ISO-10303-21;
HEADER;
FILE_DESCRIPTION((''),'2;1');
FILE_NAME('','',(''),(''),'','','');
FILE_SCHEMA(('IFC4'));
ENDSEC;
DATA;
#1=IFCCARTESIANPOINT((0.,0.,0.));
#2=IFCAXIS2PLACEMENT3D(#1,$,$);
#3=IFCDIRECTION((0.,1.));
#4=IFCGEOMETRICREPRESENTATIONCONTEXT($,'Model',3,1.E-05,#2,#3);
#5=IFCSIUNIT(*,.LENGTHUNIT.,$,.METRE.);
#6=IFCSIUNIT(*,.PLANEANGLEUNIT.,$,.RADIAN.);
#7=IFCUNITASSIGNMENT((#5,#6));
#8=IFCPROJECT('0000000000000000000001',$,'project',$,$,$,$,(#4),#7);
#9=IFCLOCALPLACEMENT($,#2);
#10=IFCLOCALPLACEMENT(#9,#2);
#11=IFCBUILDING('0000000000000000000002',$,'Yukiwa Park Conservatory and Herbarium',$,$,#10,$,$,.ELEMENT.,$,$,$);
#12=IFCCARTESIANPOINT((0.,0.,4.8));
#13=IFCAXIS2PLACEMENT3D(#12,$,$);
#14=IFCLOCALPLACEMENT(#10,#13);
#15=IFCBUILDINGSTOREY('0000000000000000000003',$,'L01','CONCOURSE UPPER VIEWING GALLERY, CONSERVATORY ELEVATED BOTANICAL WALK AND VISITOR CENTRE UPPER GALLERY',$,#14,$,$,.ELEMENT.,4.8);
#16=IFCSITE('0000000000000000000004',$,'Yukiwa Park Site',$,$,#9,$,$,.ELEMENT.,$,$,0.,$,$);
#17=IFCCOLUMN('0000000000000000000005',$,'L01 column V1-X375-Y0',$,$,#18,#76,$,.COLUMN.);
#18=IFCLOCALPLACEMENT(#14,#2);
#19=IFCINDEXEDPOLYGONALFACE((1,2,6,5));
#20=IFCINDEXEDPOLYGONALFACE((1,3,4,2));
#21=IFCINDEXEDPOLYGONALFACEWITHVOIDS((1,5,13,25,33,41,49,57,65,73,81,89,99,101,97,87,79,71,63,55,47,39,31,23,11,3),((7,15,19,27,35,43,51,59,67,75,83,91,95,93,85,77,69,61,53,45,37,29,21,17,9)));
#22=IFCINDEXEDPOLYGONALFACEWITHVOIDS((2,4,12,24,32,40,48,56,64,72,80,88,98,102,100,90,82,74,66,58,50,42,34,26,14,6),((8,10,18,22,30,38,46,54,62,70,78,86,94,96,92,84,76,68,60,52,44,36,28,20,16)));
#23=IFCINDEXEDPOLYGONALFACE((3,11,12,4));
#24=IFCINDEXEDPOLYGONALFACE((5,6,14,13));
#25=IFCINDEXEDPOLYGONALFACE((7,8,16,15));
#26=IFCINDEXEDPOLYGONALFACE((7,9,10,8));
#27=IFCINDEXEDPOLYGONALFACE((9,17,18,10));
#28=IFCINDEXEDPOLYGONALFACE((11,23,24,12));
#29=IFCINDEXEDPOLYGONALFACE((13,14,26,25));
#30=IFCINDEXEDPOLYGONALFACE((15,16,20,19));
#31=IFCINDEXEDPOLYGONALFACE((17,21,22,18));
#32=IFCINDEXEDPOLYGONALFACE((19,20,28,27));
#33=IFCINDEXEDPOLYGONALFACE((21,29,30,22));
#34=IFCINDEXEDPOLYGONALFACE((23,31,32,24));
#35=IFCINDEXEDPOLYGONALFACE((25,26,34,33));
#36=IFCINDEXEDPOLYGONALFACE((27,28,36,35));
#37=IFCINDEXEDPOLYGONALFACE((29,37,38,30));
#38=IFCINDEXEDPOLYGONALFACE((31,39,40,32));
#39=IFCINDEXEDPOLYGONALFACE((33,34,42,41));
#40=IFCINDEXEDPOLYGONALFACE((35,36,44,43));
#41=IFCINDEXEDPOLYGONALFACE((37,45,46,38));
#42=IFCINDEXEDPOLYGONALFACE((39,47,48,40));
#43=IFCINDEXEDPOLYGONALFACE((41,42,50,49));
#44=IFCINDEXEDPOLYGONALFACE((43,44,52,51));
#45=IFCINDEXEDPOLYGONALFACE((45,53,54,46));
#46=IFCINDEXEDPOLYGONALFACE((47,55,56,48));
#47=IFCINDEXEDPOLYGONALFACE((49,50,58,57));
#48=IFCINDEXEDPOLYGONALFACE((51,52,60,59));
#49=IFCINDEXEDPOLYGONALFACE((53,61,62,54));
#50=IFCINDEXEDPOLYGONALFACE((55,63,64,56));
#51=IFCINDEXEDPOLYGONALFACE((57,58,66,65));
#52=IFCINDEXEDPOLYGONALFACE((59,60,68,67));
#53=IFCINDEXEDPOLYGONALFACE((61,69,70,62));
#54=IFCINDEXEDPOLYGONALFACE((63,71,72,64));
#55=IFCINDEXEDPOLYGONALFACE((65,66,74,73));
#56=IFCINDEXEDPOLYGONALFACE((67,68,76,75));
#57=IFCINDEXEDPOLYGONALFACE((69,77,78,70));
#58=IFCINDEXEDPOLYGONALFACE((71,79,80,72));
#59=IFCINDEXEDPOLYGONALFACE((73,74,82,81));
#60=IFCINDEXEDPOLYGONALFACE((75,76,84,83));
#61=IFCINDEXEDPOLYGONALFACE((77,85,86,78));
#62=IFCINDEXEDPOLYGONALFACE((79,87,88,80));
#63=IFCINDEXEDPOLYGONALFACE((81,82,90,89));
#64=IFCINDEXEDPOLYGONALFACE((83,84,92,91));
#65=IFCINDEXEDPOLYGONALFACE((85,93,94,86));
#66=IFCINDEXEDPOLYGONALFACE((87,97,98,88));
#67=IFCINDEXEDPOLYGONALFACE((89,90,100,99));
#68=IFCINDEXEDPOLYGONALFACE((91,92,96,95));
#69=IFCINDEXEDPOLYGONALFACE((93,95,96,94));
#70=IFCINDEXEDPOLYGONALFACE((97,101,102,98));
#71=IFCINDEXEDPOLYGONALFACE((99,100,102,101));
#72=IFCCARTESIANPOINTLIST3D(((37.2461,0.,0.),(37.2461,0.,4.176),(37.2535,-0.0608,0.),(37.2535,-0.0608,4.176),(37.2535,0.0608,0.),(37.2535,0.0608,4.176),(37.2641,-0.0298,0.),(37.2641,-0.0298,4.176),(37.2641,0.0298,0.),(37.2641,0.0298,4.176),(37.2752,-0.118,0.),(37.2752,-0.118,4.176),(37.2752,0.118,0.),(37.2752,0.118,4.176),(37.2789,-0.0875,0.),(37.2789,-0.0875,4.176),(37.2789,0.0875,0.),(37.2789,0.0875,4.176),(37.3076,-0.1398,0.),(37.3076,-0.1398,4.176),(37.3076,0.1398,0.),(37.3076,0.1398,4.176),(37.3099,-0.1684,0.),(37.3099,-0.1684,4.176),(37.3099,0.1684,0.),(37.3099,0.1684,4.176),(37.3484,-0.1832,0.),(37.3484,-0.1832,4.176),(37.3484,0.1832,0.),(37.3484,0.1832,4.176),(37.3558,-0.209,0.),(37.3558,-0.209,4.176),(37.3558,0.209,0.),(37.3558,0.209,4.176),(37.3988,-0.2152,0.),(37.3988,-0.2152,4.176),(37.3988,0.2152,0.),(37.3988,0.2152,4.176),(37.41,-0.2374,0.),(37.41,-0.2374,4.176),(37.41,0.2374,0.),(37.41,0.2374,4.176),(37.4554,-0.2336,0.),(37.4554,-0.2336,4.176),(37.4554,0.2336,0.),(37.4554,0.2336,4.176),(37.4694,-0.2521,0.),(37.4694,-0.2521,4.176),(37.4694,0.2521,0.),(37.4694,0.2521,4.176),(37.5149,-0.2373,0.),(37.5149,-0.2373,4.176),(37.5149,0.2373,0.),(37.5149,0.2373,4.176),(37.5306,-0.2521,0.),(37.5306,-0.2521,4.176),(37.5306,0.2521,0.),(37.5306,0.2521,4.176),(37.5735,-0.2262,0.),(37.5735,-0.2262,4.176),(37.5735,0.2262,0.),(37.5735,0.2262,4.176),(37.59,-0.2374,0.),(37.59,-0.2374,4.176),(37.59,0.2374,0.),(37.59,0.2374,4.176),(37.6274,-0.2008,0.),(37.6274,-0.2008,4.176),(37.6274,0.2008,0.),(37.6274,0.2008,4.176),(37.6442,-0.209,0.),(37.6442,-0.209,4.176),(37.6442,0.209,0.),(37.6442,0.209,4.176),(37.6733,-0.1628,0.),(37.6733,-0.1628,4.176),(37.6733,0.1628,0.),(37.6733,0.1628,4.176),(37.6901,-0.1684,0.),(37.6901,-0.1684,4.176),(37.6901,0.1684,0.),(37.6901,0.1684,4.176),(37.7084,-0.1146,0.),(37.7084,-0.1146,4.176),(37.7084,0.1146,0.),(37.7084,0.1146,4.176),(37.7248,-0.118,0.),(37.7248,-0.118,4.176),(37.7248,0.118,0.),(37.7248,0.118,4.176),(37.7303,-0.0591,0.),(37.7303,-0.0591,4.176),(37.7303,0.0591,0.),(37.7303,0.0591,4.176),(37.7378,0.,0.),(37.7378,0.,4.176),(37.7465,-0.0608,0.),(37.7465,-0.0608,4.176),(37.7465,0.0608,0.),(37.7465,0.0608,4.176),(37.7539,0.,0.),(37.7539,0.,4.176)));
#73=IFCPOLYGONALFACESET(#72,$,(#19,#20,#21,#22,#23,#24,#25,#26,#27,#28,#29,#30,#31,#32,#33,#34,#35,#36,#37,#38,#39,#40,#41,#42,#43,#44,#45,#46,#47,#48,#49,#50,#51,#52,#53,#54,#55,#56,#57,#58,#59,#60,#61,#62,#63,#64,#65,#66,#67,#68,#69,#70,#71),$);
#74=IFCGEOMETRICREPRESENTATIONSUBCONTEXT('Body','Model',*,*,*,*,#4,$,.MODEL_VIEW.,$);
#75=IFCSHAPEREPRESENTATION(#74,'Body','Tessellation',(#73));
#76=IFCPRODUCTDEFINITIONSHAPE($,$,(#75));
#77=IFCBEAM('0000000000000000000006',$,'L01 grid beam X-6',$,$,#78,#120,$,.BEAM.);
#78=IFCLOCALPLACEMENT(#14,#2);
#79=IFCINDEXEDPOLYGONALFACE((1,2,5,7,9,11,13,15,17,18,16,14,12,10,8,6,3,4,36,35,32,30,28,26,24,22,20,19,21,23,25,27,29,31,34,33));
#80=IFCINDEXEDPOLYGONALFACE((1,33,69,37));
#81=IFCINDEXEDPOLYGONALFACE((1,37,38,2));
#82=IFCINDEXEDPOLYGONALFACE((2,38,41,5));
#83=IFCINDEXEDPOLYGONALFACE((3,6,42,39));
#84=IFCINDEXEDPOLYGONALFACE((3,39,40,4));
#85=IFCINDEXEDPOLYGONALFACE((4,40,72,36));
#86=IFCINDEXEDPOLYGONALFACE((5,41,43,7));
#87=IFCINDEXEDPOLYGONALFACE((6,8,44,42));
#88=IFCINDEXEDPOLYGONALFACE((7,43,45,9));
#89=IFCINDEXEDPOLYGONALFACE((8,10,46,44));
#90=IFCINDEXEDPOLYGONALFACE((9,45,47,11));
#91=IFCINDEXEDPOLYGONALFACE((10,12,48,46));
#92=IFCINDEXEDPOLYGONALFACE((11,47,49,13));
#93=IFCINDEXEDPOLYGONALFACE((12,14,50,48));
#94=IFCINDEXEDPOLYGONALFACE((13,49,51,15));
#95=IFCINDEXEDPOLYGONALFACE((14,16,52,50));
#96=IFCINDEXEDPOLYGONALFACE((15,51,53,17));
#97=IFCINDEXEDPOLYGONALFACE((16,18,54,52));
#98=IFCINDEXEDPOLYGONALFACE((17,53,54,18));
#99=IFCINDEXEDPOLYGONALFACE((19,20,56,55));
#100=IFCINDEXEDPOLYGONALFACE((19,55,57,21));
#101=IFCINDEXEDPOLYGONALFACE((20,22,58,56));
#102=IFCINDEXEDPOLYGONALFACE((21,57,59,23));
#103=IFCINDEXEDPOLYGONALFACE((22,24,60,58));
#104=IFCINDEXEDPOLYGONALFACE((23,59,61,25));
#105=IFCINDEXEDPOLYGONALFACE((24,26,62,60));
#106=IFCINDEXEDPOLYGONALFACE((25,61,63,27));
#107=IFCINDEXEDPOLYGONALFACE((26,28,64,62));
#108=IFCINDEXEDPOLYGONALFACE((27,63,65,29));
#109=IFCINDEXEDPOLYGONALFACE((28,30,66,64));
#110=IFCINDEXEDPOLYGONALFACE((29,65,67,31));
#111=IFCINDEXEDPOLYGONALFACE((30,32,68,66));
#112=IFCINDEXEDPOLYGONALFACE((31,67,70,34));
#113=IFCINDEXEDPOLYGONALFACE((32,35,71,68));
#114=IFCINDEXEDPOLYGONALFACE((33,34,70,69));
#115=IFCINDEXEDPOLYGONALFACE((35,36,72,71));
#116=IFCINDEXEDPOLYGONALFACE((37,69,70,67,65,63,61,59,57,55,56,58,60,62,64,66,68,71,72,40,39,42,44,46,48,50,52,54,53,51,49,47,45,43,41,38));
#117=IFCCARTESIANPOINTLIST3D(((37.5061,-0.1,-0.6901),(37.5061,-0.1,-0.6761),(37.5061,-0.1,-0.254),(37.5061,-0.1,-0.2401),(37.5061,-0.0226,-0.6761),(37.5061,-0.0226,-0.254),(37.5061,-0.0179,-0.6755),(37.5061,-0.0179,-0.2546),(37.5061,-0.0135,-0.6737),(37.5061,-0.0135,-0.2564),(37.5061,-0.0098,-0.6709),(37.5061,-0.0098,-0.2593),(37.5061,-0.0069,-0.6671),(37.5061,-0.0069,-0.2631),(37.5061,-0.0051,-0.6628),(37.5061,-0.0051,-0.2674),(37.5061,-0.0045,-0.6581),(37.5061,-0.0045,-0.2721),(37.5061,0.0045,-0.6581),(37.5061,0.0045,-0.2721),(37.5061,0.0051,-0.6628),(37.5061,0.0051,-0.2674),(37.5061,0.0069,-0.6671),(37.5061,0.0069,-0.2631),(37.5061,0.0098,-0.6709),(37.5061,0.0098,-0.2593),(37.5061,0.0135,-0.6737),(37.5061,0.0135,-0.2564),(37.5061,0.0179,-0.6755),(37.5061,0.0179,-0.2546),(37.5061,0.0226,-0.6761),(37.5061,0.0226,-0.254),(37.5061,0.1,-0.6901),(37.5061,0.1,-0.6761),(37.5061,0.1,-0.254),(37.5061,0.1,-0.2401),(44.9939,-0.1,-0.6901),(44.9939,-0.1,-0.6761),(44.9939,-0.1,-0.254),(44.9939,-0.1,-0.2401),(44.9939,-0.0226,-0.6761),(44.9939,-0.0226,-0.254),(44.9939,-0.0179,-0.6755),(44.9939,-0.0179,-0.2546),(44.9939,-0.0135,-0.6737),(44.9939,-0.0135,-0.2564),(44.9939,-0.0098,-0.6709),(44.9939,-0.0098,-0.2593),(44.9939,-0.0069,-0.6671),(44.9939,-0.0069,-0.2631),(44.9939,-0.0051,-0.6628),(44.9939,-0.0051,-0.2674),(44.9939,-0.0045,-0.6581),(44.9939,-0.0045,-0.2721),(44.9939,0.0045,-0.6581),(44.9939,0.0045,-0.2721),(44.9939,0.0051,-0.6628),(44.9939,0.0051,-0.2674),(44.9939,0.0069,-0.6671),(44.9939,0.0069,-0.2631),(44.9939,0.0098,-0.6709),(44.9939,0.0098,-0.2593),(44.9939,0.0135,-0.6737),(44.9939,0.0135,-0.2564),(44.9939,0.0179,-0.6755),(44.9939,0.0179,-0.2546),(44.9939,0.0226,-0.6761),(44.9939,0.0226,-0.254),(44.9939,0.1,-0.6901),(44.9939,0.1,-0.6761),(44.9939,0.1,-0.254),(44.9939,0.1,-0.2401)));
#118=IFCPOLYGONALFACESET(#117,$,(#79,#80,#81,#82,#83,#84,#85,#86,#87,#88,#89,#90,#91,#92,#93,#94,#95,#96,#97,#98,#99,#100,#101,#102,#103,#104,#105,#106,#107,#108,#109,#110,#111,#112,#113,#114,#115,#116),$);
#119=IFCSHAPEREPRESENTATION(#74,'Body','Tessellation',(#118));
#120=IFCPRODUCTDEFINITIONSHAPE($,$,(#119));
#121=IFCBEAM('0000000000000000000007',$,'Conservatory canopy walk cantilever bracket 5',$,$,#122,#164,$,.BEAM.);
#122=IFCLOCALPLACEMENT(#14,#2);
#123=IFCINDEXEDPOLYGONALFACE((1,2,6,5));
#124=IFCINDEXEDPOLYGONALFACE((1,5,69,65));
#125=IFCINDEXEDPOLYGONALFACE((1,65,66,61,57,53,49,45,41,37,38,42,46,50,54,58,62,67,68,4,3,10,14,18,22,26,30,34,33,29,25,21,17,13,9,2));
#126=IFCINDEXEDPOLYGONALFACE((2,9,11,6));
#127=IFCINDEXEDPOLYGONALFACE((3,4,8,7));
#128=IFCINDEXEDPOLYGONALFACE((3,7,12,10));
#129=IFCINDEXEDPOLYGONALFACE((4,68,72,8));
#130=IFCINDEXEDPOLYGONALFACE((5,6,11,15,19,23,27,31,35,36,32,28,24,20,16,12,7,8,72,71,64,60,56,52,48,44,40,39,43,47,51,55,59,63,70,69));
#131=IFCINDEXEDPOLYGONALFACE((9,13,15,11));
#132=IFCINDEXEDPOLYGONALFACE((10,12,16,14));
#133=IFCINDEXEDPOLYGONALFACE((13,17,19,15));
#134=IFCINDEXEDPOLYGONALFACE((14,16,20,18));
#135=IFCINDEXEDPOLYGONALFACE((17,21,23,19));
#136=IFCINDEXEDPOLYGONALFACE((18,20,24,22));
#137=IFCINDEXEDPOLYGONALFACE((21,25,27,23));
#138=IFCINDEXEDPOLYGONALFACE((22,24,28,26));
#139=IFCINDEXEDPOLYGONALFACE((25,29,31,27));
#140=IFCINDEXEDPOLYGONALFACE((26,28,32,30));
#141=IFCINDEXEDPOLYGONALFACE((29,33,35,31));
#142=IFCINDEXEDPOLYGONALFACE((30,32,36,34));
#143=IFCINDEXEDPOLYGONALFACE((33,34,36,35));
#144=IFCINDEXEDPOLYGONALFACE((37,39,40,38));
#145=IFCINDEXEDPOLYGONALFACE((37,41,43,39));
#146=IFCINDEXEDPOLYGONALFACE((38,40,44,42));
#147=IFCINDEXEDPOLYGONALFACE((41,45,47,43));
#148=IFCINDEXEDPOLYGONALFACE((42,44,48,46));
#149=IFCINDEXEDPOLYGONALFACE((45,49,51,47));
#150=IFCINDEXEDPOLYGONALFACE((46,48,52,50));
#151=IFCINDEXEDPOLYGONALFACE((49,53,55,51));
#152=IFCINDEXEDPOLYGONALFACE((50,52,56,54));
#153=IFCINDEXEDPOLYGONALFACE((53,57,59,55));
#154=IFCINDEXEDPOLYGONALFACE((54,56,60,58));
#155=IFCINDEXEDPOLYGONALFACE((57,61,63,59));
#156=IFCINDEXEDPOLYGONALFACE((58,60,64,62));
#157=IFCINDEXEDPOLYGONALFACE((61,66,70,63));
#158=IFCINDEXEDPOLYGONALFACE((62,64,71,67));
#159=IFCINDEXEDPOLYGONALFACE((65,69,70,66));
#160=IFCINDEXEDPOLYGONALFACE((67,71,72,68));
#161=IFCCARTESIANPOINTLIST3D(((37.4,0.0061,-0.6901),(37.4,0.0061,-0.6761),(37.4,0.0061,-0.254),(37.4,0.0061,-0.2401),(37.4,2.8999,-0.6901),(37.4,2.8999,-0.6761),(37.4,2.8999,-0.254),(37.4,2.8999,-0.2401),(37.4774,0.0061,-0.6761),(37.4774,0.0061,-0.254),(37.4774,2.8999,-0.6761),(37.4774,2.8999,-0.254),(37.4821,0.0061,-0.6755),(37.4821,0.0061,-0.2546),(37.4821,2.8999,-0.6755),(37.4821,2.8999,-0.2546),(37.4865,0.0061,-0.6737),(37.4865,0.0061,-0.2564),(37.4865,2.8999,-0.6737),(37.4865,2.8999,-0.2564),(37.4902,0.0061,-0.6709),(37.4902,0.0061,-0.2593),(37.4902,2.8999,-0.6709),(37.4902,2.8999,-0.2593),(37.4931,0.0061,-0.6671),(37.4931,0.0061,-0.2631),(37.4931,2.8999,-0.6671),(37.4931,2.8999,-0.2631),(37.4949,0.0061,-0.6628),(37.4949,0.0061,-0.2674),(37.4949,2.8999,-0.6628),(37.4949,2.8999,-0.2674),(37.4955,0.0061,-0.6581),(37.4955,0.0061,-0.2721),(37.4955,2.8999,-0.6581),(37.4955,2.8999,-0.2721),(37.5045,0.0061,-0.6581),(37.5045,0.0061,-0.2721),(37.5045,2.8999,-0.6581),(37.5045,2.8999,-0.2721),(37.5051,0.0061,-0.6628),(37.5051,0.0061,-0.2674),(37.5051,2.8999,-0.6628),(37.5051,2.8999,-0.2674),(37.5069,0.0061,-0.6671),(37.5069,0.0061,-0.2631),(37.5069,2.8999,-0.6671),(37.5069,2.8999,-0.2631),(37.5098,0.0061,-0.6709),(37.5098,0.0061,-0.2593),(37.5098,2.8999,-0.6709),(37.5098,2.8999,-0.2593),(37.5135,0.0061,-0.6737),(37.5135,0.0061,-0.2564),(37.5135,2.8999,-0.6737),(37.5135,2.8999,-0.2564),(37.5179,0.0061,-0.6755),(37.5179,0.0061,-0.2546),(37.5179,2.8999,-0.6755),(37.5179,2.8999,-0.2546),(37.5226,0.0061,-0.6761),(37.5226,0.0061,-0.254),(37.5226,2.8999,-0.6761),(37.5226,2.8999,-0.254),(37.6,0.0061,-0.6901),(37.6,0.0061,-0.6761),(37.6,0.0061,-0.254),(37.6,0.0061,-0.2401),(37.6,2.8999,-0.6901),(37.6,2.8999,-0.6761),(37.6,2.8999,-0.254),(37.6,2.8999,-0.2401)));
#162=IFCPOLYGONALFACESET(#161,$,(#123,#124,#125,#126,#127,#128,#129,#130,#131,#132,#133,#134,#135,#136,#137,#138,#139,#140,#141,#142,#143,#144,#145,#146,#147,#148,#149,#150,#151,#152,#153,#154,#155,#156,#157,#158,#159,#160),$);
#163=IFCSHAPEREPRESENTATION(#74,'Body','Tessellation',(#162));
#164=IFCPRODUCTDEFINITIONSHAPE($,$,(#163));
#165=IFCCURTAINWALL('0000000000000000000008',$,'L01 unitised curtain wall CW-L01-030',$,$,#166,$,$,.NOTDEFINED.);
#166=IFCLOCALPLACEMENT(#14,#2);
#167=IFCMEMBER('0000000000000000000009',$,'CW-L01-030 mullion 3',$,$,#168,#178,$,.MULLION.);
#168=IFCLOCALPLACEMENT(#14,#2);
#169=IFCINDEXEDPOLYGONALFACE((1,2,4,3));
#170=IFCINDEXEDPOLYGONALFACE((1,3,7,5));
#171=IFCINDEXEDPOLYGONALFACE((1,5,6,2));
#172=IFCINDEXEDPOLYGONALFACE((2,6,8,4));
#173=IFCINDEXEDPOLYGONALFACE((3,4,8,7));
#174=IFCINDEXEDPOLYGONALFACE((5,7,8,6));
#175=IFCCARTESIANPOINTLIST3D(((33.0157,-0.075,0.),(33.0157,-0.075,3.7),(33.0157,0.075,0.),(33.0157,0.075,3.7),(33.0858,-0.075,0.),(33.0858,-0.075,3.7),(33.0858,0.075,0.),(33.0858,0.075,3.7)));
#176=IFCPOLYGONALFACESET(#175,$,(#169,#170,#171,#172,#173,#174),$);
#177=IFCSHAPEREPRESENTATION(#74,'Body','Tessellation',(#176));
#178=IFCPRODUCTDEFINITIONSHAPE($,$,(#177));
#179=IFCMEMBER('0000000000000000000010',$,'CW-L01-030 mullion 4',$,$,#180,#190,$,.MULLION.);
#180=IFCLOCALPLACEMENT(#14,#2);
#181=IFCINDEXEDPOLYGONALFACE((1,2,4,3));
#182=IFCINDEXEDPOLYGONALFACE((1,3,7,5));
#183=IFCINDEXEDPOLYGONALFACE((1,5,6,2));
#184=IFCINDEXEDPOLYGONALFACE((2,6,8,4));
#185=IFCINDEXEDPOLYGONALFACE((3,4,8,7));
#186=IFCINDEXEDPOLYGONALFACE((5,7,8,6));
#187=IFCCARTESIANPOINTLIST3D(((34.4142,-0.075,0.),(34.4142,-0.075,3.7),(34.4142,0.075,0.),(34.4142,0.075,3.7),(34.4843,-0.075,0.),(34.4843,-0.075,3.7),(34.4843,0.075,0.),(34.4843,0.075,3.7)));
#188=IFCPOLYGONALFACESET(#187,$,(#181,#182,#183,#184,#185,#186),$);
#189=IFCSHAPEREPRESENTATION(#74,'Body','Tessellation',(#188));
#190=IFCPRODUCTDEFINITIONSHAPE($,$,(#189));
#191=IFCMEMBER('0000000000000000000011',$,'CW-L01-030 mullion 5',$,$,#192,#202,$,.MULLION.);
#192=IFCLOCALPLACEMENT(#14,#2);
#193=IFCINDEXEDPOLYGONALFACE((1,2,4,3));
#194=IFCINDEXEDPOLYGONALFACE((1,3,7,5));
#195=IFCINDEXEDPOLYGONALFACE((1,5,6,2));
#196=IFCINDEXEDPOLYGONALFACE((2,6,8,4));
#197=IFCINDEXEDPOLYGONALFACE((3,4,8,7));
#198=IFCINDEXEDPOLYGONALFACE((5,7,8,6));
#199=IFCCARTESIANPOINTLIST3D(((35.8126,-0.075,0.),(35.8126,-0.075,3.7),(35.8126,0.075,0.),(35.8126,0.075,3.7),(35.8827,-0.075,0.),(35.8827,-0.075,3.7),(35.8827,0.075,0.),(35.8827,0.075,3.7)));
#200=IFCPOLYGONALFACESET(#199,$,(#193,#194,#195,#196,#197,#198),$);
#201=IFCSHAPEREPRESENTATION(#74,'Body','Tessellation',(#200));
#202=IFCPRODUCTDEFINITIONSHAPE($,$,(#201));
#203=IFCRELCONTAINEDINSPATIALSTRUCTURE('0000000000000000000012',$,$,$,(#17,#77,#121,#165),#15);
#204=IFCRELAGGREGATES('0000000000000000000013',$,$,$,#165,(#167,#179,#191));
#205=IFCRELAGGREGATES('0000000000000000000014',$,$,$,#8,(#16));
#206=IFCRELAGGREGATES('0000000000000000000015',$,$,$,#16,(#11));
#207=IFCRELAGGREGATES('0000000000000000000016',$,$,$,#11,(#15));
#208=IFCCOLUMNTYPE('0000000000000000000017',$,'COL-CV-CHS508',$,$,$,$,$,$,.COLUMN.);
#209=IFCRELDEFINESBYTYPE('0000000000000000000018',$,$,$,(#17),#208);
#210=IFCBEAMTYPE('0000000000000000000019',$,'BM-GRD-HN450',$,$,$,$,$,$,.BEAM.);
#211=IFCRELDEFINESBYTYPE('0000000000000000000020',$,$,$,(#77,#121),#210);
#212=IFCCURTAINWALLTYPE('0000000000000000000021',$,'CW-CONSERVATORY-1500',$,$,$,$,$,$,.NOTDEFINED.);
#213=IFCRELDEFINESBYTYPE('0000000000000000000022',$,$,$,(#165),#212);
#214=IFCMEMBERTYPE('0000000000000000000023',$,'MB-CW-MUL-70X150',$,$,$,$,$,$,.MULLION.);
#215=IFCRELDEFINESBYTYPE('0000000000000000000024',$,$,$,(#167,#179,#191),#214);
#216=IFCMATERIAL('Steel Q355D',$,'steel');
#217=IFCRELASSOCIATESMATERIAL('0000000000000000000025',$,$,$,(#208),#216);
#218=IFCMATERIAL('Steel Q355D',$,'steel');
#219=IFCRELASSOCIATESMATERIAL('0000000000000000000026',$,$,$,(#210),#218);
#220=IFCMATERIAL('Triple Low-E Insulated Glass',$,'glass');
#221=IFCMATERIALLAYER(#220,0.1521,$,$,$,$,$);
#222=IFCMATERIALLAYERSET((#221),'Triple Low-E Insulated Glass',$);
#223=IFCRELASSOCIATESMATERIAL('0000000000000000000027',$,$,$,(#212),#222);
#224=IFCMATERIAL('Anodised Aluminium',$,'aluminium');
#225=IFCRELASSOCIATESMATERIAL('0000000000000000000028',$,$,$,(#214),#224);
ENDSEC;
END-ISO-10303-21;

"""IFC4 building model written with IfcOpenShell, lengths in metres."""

from ifc_helpers import new_model, si_unit, direction, frame, origin, origin_2d, place, context, subcontext, project, spatial, rectangle, hollow_circle, i_section, extrude, material, layer, layer_set, material_profile, profile_set, type_object, element, aggregate, save


model = new_model("IFC4")

# Units and contexts
model_context = context("Model", 3, precision=1e-05, world=origin(), true_north=direction((0.0, 1.0)))
body_context = subcontext(model_context, "Body", "Model", "MODEL_VIEW")
ifc_project = project(units=[si_unit("LENGTHUNIT", "METRE"), si_unit("PLANEANGLEUNIT", "RADIAN")], contexts=[model_context])

# Site, building, storey
site_placement = place(None, origin())
site = spatial("IfcSite", under=ifc_project, at=site_placement, Name="Yukiwa Park Site", CompositionType="ELEMENT", RefElevation=0.0)
building_placement = place(site_placement, origin())
building = spatial("IfcBuilding", under=site, at=building_placement, Name="Yukiwa Park Conservatory and Herbarium", CompositionType="ELEMENT")
storey_placement = place(building_placement, frame((0.0, 0.0, 4.8)))
storey = spatial("IfcBuildingStorey", under=building, at=storey_placement, Name="L01", Description="CONCOURSE UPPER VIEWING GALLERY, CONSERVATORY ELEVATED BOTANICAL WALK AND VISITOR CENTRE UPPER GALLERY", CompositionType="ELEMENT", Elevation=4.8)

# Column
ifc_material_1 = material(Name="Steel Q355D", Category="steel")
ifc_material_profile_1 = material_profile(ifc_material_1, hollow_circle(Radius=0.2539, WallThickness=0.0161, at=origin_2d()), Name="CHS 508x16")
ifc_profile_set_1 = profile_set([ifc_material_profile_1], Name="Steel Q355D")
column_type = type_object("IfcColumnType", Name="COL-CV-CHS508", PredefinedType="COLUMN", material=ifc_profile_set_1)
column_placement = place(storey_placement, frame((37.5, 0.0, 0.0), z_axis=(0.0, 0.0, 1.0), x_axis=(1.0, 0.0, 0.0)))
element("IfcColumn", 1, at=column_placement, inside=storey, type_object=column_type, Name="L01 column V1-X375-Y0", PredefinedType="COLUMN", context=body_context, shape_type="SweptSolid", body=[
    extrude(hollow_circle(Radius=0.2539, WallThickness=0.0161, at=origin_2d()), origin(), (0.0, 0.0, 1.0), 4.176),
])

# Beams
ifc_material_2 = material(Name="Steel Q355D", Category="steel")
ifc_material_profile_2 = material_profile(ifc_material_2, i_section(OverallWidth=0.2, OverallDepth=0.45, WebThickness=0.009, FlangeThickness=0.0139, FilletRadius=0.0181, at=origin_2d()), Name="HN 450x200x9x14")
ifc_profile_set_2 = profile_set([ifc_material_profile_2], Name="Steel Q355D")
beam_type = type_object("IfcBeamType", Name="BM-GRD-HN450", PredefinedType="BEAM", material=ifc_profile_set_2)
beam_1_placement = place(storey_placement, frame((37.5061, 0.0, -0.4651), z_axis=(1.0, 0.0, 0.0), x_axis=(0.0, 1.0, 0.0)))
element("IfcBeam", 2, at=beam_1_placement, inside=storey, type_object=beam_type, Name="L01 grid beam X-6", PredefinedType="BEAM", context=body_context, shape_type="SweptSolid", body=[
    extrude(i_section(OverallWidth=0.2, OverallDepth=0.45, WebThickness=0.009, FlangeThickness=0.0139, FilletRadius=0.0181, at=origin_2d()), origin(), (0.0, 0.0, 1.0), 7.4878),
])
beam_2_placement = place(storey_placement, frame((37.5, 0.0061, -0.4651), z_axis=(0.0, 1.0, 0.0), x_axis=(-1.0, 0.0, 0.0)))
element("IfcBeam", 3, at=beam_2_placement, inside=storey, type_object=beam_type, Name="Conservatory canopy walk cantilever bracket 5", PredefinedType="BEAM", context=body_context, shape_type="SweptSolid", body=[
    extrude(i_section(OverallWidth=0.2, OverallDepth=0.45, WebThickness=0.009, FlangeThickness=0.0139, FilletRadius=0.0181, at=origin_2d()), origin(), (0.0, 0.0, 1.0), 2.8938),
])

# Curtain wall, members
ifc_material_3 = material(Name="Triple Low-E Insulated Glass", Category="glass")
ifc_layer_1 = layer(ifc_material_3, 0.1521)
ifc_layer_set_1 = layer_set([ifc_layer_1], Name="Triple Low-E Insulated Glass")
curtain_wall_type = type_object("IfcCurtainWallType", Name="CW-CONSERVATORY-1500", PredefinedType="NOTDEFINED", material=ifc_layer_set_1)
curtain_wall_placement = place(storey_placement, origin())
curtain_wall = element("IfcCurtainWall", 4, at=curtain_wall_placement, inside=storey, type_object=curtain_wall_type, Name="L01 unitised curtain wall CW-L01-030", PredefinedType="NOTDEFINED")
ifc_material_4 = material(Name="Anodised Aluminium", Category="aluminium")
member_type_1 = type_object("IfcMemberType", Name="MB-CW-MUL-70X150", PredefinedType="MULLION", material=ifc_material_4)
member_1_placement = place(storey_placement, frame((33.0508, 0.0, 0.0), z_axis=(0.0, 0.0, 1.0), x_axis=(1.0, 0.0, 0.0)))
member_1 = element("IfcMember", 5, at=member_1_placement, type_object=member_type_1, Name="CW-L01-030 mullion 3", PredefinedType="MULLION", context=body_context, shape_type="SweptSolid", body=[
    extrude(rectangle(XDim=0.0701, YDim=0.1499, at=origin_2d()), origin(), (0.0, 0.0, 1.0), 3.7),
])
member_2_placement = place(storey_placement, frame((34.4492, 0.0, 0.0), z_axis=(0.0, 0.0, 1.0), x_axis=(1.0, 0.0, 0.0)))
member_2 = element("IfcMember", 6, at=member_2_placement, type_object=member_type_1, Name="CW-L01-030 mullion 4", PredefinedType="MULLION", context=body_context, shape_type="SweptSolid", body=[
    extrude(rectangle(XDim=0.0701, YDim=0.1499, at=origin_2d()), origin(), (0.0, 0.0, 1.0), 3.7),
])
member_3_placement = place(storey_placement, frame((35.8477, 0.0, 0.0), z_axis=(0.0, 0.0, 1.0), x_axis=(1.0, 0.0, 0.0)))
member_3 = element("IfcMember", 7, at=member_3_placement, type_object=member_type_1, Name="CW-L01-030 mullion 5", PredefinedType="MULLION", context=body_context, shape_type="SweptSolid", body=[
    extrude(rectangle(XDim=0.0701, YDim=0.1499, at=origin_2d()), origin(), (0.0, 0.0, 1.0), 3.7),
])

aggregate(curtain_wall, [member_1, member_2, member_3])

save(model, "model.ifc")
